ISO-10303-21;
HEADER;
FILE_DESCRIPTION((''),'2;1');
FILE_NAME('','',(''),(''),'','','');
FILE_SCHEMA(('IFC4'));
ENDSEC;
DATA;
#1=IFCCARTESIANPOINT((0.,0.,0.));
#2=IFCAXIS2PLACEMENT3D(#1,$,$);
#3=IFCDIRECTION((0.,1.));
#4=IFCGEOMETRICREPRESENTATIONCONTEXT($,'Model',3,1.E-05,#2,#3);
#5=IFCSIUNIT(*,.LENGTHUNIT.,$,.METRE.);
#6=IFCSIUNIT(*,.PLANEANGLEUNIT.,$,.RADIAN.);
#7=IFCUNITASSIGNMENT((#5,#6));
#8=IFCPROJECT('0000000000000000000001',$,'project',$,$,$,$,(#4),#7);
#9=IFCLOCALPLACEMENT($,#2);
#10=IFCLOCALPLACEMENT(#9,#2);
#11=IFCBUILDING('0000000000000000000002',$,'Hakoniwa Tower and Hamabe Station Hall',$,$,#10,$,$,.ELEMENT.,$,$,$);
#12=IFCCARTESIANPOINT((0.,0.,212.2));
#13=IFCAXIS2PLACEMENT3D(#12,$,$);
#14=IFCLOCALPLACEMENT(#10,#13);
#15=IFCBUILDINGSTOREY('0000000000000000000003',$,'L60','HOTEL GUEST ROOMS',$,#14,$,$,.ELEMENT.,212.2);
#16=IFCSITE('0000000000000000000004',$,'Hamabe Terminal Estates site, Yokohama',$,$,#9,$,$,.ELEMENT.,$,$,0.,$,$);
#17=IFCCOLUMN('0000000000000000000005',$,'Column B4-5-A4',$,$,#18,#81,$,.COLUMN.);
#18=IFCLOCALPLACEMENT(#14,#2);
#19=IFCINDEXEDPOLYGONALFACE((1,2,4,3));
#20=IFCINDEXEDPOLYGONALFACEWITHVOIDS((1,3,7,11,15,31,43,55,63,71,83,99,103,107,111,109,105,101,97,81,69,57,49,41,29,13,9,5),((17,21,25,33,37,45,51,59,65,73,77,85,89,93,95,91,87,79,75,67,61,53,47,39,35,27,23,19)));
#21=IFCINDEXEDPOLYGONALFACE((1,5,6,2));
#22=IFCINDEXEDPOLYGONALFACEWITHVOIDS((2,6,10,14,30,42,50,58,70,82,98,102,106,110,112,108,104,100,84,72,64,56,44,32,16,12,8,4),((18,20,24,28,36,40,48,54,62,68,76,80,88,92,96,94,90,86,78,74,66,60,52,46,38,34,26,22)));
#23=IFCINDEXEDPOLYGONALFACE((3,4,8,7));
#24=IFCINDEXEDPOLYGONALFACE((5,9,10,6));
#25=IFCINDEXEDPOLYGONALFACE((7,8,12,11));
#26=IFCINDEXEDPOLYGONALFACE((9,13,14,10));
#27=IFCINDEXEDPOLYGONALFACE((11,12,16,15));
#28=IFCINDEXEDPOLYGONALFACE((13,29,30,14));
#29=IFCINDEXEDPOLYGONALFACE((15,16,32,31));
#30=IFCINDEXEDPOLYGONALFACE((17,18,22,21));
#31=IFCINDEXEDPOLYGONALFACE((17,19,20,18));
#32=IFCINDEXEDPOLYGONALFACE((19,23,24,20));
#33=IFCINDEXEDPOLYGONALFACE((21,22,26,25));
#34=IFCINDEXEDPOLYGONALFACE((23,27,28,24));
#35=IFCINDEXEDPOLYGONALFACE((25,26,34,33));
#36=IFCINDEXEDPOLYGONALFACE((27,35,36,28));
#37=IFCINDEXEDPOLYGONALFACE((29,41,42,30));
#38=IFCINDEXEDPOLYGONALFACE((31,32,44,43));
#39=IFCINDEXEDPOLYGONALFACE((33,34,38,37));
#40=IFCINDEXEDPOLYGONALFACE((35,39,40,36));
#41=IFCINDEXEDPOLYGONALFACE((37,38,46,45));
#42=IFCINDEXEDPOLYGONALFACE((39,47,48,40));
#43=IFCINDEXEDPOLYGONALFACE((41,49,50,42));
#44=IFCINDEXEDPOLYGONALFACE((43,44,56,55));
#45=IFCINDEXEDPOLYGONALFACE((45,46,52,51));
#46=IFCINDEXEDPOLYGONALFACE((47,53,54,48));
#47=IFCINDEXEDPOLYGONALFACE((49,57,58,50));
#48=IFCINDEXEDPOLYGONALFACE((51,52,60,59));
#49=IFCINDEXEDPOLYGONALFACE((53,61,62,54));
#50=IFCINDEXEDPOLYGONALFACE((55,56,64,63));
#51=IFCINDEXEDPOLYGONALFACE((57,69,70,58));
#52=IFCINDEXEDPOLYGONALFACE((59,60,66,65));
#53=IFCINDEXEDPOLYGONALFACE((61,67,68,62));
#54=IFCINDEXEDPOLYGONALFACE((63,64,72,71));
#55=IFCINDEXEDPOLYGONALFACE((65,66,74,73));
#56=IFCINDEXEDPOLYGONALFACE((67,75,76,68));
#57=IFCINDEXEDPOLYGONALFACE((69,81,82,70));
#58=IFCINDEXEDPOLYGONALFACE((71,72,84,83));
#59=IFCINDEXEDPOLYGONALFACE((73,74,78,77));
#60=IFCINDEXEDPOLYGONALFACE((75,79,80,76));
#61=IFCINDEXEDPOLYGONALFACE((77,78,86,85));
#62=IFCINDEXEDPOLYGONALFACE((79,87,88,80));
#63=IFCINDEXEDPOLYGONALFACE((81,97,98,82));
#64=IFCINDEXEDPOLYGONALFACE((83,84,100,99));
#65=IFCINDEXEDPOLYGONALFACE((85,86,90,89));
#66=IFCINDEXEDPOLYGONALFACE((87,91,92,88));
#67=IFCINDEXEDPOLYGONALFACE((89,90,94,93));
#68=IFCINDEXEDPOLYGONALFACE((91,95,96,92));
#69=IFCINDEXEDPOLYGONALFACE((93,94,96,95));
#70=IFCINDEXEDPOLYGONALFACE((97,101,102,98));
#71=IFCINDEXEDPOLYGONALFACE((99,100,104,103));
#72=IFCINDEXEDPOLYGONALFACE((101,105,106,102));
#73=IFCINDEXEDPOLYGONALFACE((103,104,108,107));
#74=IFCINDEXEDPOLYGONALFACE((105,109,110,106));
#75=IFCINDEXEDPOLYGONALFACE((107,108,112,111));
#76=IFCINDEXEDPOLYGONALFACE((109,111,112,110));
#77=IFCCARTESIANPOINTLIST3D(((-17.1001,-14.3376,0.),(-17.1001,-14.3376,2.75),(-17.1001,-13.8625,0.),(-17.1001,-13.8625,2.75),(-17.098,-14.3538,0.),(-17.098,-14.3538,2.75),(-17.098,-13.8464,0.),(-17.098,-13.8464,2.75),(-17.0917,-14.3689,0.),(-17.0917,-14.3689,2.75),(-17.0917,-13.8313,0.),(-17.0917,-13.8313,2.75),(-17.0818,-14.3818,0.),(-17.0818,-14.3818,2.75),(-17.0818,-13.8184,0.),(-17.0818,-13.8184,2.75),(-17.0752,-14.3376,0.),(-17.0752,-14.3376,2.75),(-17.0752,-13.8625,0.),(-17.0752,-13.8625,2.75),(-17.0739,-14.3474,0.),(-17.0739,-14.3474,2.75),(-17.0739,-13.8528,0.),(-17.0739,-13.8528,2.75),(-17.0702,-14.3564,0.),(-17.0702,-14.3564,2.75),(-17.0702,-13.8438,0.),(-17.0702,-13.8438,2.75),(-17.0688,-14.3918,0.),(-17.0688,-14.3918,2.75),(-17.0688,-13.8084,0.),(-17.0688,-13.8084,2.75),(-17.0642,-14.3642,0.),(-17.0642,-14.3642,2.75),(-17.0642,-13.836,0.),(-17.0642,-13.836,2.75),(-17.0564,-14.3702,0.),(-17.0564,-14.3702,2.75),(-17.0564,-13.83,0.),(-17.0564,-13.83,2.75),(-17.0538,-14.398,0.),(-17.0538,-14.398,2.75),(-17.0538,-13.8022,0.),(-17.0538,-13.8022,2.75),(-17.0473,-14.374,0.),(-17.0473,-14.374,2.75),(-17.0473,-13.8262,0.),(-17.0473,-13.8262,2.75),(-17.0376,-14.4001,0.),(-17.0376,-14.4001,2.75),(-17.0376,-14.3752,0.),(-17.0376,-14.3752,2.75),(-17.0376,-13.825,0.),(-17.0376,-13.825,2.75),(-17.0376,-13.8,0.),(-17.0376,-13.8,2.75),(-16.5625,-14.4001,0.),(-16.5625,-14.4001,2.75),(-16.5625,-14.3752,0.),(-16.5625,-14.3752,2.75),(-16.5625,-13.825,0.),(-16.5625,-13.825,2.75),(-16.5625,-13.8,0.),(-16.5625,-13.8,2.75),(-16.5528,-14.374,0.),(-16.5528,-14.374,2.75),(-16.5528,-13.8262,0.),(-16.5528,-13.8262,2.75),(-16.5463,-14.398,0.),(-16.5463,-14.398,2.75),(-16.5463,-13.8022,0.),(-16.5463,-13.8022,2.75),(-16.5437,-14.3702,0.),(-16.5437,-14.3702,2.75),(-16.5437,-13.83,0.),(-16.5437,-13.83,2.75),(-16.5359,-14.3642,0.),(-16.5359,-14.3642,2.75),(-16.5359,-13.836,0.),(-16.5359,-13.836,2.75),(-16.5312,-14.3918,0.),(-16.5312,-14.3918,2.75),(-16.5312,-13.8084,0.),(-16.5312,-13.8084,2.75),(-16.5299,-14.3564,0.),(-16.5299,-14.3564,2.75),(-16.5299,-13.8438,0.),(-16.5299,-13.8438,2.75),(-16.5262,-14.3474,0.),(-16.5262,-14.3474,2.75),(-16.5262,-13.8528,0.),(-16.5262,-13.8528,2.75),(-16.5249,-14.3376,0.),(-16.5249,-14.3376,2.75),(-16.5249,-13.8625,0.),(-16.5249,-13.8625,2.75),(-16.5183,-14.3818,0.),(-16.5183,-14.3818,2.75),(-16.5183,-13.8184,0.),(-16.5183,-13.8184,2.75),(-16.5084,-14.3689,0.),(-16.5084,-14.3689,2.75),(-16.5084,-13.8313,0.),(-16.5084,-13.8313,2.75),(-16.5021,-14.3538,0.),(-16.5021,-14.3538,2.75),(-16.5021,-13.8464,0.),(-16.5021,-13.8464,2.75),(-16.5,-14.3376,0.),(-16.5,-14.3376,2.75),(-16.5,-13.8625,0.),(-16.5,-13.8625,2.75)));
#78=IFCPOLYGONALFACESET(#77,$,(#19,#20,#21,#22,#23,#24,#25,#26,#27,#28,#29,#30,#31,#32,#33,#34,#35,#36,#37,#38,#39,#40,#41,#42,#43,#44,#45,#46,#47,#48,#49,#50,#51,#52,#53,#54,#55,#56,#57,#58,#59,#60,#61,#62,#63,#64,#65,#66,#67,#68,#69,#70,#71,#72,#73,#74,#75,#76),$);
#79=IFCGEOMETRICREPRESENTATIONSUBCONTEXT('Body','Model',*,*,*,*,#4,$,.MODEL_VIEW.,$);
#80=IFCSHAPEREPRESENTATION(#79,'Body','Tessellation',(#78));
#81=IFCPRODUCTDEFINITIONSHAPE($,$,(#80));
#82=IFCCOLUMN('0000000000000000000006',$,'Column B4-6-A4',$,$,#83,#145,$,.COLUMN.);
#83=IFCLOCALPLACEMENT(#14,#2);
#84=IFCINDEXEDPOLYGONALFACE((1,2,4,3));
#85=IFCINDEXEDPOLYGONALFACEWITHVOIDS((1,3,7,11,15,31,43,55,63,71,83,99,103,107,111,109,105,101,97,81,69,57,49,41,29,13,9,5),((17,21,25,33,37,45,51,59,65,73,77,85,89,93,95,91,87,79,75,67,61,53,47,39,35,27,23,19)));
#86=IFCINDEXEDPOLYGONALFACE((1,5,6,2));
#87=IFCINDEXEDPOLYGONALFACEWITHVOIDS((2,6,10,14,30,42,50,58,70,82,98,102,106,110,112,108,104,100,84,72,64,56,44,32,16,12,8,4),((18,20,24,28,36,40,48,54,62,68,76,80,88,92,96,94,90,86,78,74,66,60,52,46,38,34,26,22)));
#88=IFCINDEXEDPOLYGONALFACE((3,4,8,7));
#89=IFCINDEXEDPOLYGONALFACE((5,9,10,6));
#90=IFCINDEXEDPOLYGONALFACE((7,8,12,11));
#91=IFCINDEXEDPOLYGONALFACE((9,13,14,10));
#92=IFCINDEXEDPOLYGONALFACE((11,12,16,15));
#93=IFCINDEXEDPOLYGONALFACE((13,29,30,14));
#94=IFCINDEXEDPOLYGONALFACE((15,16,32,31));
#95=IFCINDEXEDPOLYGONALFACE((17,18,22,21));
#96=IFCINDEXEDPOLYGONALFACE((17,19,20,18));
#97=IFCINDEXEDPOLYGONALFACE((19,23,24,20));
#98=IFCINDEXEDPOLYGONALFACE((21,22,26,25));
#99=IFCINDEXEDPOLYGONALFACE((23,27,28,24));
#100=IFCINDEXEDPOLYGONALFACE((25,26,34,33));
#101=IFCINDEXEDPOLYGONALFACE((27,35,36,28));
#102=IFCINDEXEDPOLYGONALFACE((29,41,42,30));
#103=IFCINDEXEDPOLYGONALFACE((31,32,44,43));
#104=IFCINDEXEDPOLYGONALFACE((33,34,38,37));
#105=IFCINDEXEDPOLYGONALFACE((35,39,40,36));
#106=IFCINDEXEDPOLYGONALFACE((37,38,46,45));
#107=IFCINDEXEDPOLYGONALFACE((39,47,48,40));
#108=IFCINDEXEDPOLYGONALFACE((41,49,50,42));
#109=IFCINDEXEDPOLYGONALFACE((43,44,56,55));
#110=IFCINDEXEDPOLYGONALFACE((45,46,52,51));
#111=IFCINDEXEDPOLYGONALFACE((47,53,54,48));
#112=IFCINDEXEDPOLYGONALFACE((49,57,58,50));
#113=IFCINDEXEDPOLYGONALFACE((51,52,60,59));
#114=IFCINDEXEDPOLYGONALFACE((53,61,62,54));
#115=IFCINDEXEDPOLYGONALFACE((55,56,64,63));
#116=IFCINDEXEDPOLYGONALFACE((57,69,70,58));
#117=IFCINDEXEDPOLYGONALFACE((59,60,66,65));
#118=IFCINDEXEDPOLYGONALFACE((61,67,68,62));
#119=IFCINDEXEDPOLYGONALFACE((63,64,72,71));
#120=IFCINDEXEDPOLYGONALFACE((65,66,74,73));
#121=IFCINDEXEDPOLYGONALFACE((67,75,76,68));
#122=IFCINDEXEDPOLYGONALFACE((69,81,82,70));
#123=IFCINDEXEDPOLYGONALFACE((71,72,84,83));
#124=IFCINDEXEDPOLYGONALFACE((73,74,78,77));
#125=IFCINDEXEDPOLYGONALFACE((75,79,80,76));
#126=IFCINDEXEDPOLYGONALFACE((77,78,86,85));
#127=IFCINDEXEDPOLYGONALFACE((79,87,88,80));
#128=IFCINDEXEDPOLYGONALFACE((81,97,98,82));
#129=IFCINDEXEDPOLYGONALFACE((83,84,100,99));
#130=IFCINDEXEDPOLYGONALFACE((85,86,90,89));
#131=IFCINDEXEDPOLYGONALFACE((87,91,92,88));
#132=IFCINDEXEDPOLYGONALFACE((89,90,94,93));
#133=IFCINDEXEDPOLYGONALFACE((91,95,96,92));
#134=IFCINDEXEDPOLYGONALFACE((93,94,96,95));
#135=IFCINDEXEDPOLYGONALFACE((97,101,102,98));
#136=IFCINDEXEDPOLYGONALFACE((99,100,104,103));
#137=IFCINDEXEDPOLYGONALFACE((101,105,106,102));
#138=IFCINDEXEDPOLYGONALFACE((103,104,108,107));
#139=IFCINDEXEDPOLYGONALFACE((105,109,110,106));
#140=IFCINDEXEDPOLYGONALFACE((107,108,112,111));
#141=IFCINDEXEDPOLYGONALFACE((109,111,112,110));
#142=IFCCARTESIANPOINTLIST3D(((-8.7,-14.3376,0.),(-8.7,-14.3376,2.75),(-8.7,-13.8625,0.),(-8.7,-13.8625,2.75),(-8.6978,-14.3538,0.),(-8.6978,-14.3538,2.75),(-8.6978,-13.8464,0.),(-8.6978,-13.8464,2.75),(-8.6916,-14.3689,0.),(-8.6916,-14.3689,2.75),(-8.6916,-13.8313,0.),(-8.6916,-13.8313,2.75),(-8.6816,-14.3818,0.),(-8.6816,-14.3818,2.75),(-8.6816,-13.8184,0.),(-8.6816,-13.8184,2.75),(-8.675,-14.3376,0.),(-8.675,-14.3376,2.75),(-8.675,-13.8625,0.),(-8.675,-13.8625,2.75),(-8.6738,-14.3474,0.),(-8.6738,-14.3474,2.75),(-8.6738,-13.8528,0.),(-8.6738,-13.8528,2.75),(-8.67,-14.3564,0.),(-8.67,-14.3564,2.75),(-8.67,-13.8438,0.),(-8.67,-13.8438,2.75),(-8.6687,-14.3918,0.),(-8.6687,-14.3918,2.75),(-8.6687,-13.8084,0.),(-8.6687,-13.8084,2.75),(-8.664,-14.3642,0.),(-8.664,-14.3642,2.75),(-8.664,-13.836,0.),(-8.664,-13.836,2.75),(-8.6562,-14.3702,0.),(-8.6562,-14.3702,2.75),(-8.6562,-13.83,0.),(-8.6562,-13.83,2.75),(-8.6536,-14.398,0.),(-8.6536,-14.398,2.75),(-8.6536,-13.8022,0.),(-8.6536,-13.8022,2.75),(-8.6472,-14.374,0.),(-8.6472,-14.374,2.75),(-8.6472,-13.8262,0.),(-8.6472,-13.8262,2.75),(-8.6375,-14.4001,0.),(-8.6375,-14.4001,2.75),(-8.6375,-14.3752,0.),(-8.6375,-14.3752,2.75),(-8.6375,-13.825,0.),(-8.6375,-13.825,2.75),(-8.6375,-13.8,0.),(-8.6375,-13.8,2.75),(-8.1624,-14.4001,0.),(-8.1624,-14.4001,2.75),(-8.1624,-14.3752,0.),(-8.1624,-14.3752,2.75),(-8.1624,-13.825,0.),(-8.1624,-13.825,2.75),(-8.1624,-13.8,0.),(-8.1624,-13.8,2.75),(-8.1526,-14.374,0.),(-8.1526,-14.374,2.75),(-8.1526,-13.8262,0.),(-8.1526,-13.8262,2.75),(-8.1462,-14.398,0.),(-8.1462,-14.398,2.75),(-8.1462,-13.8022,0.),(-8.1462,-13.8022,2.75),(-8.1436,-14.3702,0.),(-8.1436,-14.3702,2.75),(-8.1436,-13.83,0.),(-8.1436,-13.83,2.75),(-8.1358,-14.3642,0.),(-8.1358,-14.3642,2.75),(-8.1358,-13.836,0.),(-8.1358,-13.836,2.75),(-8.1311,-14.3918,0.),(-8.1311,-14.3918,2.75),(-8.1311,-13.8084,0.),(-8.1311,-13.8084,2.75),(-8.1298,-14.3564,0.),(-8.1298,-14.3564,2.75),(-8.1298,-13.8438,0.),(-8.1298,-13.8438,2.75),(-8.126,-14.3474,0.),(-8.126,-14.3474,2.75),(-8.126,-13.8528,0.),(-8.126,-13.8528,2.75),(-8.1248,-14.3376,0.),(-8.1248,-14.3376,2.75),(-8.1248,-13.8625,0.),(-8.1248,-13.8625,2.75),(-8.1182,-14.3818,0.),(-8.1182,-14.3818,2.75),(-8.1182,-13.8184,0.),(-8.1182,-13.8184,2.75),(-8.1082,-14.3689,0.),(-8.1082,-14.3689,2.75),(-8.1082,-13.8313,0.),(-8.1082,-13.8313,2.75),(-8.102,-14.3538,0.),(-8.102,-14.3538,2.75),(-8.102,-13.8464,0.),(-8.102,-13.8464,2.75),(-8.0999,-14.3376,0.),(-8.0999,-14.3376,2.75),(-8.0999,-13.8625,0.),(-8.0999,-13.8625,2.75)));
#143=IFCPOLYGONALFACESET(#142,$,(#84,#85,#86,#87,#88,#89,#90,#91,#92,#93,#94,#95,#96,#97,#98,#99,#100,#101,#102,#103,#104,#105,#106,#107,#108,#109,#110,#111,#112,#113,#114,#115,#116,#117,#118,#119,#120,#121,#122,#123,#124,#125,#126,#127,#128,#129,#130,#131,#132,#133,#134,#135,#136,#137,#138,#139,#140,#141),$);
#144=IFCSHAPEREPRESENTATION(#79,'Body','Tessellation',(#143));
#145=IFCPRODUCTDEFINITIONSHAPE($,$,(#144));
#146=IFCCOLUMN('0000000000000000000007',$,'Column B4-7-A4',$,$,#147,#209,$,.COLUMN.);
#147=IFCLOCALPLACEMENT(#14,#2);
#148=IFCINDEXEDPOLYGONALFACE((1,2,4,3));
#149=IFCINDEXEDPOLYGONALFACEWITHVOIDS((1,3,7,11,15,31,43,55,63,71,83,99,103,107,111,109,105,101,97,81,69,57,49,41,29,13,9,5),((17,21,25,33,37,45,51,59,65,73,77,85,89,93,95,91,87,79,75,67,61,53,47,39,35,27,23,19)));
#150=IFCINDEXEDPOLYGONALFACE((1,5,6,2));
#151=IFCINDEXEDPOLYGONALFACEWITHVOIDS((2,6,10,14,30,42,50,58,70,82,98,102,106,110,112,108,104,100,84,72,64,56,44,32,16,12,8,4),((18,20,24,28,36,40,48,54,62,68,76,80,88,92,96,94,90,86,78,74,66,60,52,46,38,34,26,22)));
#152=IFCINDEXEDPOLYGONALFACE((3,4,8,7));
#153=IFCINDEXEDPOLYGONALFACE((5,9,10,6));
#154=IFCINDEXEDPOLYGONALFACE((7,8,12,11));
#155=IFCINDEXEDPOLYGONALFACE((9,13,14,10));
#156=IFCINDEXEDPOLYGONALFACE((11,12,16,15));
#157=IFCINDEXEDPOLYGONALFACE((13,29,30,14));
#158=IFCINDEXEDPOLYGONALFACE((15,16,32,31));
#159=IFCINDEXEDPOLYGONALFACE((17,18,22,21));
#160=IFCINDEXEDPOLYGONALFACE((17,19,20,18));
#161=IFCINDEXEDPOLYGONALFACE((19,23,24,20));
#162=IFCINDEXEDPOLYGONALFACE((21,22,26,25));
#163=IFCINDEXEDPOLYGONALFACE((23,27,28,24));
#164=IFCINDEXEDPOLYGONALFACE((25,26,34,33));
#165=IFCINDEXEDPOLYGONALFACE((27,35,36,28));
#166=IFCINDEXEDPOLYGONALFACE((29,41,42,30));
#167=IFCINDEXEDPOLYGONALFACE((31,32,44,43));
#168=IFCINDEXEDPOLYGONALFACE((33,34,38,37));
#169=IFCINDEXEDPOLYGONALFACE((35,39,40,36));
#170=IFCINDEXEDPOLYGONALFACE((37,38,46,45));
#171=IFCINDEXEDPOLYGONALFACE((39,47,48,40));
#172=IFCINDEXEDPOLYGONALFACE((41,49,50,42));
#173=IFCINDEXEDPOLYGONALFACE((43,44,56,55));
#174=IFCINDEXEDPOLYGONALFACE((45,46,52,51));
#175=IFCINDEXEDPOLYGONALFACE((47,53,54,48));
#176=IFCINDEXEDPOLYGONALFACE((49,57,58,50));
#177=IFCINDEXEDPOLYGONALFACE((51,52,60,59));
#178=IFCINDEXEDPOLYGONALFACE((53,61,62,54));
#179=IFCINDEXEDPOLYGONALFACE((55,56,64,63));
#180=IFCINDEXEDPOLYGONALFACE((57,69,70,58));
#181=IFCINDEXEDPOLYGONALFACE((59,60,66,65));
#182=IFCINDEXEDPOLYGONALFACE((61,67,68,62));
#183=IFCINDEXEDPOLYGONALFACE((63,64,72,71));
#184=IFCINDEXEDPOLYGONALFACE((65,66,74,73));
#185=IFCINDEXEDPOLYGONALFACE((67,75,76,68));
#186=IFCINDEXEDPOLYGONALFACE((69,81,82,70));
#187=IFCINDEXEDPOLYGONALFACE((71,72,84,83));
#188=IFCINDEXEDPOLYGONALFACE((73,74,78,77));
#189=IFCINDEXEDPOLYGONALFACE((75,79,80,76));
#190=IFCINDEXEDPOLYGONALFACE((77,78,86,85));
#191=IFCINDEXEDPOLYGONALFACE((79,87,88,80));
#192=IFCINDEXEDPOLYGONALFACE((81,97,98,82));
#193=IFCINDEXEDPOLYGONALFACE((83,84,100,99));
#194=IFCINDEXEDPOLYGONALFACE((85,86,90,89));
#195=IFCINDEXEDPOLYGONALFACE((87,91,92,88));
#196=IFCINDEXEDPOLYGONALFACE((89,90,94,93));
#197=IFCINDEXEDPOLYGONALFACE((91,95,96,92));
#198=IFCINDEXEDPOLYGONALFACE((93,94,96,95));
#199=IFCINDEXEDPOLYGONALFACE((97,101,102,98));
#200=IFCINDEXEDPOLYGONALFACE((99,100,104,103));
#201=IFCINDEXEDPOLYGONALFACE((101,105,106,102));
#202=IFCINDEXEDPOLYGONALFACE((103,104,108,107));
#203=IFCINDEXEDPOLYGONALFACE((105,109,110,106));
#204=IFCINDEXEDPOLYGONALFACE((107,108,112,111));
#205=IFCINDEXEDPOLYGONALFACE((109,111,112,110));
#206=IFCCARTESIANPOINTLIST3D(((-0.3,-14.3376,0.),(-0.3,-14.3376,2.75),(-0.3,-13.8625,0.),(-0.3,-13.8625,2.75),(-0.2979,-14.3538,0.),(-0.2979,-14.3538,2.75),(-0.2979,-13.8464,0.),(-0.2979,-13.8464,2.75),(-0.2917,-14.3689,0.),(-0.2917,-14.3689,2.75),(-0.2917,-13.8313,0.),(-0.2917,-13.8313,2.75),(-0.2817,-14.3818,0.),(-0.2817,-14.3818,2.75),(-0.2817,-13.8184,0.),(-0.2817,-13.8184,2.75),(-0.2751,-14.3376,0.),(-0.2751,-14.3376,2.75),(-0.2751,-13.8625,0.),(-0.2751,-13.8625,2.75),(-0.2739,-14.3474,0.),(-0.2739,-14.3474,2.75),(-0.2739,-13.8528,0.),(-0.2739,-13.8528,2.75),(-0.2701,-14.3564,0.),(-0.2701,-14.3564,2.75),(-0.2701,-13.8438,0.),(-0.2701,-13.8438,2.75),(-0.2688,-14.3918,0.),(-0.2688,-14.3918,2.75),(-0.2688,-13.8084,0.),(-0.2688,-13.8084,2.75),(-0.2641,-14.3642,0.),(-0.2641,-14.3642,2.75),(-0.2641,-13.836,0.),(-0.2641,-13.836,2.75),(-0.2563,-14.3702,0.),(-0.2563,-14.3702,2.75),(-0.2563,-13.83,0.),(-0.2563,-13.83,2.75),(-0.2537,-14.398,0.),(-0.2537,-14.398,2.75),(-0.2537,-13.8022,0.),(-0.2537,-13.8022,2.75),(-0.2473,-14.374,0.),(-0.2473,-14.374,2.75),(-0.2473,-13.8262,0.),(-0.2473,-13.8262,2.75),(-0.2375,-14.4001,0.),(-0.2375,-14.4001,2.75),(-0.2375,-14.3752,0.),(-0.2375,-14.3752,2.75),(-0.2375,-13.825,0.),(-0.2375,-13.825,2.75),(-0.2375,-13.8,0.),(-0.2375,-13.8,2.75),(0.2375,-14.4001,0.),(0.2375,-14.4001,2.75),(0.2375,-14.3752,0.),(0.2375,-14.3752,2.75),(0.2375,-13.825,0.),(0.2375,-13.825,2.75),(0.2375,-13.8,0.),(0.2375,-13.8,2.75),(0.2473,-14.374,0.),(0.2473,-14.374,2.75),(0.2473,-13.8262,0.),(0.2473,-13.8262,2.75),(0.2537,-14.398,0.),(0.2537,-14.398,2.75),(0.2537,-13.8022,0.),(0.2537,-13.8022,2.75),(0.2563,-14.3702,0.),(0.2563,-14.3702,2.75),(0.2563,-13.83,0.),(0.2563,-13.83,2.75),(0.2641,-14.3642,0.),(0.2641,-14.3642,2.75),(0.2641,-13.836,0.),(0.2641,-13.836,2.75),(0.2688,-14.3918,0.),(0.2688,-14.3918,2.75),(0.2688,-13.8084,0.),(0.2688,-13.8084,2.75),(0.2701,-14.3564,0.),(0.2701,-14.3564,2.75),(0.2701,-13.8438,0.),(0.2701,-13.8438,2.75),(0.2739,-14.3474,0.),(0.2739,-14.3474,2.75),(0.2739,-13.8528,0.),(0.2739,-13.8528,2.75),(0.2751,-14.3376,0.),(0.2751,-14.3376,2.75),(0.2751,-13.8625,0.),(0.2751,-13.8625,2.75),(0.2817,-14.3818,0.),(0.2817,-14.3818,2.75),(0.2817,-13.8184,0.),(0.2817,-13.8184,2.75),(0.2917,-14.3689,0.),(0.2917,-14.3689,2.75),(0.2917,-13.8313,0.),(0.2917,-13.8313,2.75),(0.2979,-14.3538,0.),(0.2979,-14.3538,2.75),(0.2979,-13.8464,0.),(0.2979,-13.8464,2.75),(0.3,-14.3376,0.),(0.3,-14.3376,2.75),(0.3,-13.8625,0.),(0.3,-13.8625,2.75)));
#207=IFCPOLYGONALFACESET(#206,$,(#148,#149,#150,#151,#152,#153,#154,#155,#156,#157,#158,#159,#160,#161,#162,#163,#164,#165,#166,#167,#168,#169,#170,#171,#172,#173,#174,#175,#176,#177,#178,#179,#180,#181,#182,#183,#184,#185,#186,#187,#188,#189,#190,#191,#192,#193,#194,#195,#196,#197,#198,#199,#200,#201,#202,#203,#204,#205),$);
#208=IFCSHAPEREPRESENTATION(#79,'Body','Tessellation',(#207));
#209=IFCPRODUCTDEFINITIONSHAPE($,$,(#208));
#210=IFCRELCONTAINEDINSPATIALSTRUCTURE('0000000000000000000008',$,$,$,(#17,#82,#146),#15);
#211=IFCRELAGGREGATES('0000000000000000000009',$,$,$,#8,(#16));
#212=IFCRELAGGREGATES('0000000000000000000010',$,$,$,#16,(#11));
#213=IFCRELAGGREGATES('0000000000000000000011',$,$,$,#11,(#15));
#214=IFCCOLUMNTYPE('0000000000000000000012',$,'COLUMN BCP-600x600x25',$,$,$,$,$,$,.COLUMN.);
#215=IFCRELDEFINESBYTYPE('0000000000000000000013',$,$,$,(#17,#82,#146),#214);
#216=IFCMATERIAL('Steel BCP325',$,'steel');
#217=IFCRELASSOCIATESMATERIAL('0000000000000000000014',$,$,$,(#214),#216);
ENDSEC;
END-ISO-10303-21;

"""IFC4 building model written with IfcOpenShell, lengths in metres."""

from ifc_helpers import new_model, si_unit, direction, frame, origin, origin_2d, place, context, subcontext, project, spatial, hollow_rectangle, extrude, material, material_profile, profile_set, type_object, element, save


model = new_model("IFC4")

# Units and contexts
model_context = context("Model", 3, precision=1e-05, world=origin(), true_north=direction((0.0, 1.0)))
body_context = subcontext(model_context, "Body", "Model", "MODEL_VIEW")
ifc_project = project(units=[si_unit("LENGTHUNIT", "METRE"), si_unit("PLANEANGLEUNIT", "RADIAN")], contexts=[model_context])

# Site, building, storey
site_placement = place(None, origin())
site = spatial("IfcSite", under=ifc_project, at=site_placement, Name="Hamabe Terminal Estates site, Yokohama", CompositionType="ELEMENT", RefElevation=0.0)
building_placement = place(site_placement, origin())
building = spatial("IfcBuilding", under=site, at=building_placement, Name="Hakoniwa Tower and Hamabe Station Hall", CompositionType="ELEMENT")
storey_placement = place(building_placement, frame((0.0, 0.0, 212.2)))
storey = spatial("IfcBuildingStorey", under=building, at=storey_placement, Name="L60", Description="HOTEL GUEST ROOMS", CompositionType="ELEMENT", Elevation=212.2)

# Columns
ifc_material_1 = material(Name="Steel BCP325", Category="steel")
ifc_material_profile_1 = material_profile(ifc_material_1, hollow_rectangle(XDim=0.6001, YDim=0.6001, WallThickness=0.0249, InnerFilletRadius=0.0376, OuterFilletRadius=0.0625, at=origin_2d()), Name="BCP-600x600x25")
ifc_profile_set_1 = profile_set([ifc_material_profile_1], Name="Steel BCP325")
column_type_1 = type_object("IfcColumnType", Name="COLUMN BCP-600x600x25", PredefinedType="COLUMN", material=ifc_profile_set_1)
for number, where, z_axis, x_axis, name in (
    (1, (-16.8, -14.1001, 0.0), (0.0, 0.0, 1.0), (1.0, 0.0, 0.0), "Column B4-5-A4"),
    (2, (-8.3999, -14.1001, 0.0), (0.0, 0.0, 1.0), (1.0, 0.0, 0.0), "Column B4-6-A4"),
    (3, (0.0, -14.1001, 0.0), (0.0, 0.0, 1.0), (1.0, 0.0, 0.0), "Column B4-7-A4"),
):
    element("IfcColumn", number, at=place(storey_placement, frame(where, z_axis=z_axis, x_axis=x_axis)), inside=storey, type_object=column_type_1, Name=name, PredefinedType="COLUMN", context=body_context, shape_type="SweptSolid", body=[
        extrude(hollow_rectangle(XDim=0.6001, YDim=0.6001, WallThickness=0.0249, InnerFilletRadius=0.0376, OuterFilletRadius=0.0625, at=origin_2d()), origin(), (0.0, 0.0, 1.0), 2.75),
    ])

save(model, "model.ifc")
